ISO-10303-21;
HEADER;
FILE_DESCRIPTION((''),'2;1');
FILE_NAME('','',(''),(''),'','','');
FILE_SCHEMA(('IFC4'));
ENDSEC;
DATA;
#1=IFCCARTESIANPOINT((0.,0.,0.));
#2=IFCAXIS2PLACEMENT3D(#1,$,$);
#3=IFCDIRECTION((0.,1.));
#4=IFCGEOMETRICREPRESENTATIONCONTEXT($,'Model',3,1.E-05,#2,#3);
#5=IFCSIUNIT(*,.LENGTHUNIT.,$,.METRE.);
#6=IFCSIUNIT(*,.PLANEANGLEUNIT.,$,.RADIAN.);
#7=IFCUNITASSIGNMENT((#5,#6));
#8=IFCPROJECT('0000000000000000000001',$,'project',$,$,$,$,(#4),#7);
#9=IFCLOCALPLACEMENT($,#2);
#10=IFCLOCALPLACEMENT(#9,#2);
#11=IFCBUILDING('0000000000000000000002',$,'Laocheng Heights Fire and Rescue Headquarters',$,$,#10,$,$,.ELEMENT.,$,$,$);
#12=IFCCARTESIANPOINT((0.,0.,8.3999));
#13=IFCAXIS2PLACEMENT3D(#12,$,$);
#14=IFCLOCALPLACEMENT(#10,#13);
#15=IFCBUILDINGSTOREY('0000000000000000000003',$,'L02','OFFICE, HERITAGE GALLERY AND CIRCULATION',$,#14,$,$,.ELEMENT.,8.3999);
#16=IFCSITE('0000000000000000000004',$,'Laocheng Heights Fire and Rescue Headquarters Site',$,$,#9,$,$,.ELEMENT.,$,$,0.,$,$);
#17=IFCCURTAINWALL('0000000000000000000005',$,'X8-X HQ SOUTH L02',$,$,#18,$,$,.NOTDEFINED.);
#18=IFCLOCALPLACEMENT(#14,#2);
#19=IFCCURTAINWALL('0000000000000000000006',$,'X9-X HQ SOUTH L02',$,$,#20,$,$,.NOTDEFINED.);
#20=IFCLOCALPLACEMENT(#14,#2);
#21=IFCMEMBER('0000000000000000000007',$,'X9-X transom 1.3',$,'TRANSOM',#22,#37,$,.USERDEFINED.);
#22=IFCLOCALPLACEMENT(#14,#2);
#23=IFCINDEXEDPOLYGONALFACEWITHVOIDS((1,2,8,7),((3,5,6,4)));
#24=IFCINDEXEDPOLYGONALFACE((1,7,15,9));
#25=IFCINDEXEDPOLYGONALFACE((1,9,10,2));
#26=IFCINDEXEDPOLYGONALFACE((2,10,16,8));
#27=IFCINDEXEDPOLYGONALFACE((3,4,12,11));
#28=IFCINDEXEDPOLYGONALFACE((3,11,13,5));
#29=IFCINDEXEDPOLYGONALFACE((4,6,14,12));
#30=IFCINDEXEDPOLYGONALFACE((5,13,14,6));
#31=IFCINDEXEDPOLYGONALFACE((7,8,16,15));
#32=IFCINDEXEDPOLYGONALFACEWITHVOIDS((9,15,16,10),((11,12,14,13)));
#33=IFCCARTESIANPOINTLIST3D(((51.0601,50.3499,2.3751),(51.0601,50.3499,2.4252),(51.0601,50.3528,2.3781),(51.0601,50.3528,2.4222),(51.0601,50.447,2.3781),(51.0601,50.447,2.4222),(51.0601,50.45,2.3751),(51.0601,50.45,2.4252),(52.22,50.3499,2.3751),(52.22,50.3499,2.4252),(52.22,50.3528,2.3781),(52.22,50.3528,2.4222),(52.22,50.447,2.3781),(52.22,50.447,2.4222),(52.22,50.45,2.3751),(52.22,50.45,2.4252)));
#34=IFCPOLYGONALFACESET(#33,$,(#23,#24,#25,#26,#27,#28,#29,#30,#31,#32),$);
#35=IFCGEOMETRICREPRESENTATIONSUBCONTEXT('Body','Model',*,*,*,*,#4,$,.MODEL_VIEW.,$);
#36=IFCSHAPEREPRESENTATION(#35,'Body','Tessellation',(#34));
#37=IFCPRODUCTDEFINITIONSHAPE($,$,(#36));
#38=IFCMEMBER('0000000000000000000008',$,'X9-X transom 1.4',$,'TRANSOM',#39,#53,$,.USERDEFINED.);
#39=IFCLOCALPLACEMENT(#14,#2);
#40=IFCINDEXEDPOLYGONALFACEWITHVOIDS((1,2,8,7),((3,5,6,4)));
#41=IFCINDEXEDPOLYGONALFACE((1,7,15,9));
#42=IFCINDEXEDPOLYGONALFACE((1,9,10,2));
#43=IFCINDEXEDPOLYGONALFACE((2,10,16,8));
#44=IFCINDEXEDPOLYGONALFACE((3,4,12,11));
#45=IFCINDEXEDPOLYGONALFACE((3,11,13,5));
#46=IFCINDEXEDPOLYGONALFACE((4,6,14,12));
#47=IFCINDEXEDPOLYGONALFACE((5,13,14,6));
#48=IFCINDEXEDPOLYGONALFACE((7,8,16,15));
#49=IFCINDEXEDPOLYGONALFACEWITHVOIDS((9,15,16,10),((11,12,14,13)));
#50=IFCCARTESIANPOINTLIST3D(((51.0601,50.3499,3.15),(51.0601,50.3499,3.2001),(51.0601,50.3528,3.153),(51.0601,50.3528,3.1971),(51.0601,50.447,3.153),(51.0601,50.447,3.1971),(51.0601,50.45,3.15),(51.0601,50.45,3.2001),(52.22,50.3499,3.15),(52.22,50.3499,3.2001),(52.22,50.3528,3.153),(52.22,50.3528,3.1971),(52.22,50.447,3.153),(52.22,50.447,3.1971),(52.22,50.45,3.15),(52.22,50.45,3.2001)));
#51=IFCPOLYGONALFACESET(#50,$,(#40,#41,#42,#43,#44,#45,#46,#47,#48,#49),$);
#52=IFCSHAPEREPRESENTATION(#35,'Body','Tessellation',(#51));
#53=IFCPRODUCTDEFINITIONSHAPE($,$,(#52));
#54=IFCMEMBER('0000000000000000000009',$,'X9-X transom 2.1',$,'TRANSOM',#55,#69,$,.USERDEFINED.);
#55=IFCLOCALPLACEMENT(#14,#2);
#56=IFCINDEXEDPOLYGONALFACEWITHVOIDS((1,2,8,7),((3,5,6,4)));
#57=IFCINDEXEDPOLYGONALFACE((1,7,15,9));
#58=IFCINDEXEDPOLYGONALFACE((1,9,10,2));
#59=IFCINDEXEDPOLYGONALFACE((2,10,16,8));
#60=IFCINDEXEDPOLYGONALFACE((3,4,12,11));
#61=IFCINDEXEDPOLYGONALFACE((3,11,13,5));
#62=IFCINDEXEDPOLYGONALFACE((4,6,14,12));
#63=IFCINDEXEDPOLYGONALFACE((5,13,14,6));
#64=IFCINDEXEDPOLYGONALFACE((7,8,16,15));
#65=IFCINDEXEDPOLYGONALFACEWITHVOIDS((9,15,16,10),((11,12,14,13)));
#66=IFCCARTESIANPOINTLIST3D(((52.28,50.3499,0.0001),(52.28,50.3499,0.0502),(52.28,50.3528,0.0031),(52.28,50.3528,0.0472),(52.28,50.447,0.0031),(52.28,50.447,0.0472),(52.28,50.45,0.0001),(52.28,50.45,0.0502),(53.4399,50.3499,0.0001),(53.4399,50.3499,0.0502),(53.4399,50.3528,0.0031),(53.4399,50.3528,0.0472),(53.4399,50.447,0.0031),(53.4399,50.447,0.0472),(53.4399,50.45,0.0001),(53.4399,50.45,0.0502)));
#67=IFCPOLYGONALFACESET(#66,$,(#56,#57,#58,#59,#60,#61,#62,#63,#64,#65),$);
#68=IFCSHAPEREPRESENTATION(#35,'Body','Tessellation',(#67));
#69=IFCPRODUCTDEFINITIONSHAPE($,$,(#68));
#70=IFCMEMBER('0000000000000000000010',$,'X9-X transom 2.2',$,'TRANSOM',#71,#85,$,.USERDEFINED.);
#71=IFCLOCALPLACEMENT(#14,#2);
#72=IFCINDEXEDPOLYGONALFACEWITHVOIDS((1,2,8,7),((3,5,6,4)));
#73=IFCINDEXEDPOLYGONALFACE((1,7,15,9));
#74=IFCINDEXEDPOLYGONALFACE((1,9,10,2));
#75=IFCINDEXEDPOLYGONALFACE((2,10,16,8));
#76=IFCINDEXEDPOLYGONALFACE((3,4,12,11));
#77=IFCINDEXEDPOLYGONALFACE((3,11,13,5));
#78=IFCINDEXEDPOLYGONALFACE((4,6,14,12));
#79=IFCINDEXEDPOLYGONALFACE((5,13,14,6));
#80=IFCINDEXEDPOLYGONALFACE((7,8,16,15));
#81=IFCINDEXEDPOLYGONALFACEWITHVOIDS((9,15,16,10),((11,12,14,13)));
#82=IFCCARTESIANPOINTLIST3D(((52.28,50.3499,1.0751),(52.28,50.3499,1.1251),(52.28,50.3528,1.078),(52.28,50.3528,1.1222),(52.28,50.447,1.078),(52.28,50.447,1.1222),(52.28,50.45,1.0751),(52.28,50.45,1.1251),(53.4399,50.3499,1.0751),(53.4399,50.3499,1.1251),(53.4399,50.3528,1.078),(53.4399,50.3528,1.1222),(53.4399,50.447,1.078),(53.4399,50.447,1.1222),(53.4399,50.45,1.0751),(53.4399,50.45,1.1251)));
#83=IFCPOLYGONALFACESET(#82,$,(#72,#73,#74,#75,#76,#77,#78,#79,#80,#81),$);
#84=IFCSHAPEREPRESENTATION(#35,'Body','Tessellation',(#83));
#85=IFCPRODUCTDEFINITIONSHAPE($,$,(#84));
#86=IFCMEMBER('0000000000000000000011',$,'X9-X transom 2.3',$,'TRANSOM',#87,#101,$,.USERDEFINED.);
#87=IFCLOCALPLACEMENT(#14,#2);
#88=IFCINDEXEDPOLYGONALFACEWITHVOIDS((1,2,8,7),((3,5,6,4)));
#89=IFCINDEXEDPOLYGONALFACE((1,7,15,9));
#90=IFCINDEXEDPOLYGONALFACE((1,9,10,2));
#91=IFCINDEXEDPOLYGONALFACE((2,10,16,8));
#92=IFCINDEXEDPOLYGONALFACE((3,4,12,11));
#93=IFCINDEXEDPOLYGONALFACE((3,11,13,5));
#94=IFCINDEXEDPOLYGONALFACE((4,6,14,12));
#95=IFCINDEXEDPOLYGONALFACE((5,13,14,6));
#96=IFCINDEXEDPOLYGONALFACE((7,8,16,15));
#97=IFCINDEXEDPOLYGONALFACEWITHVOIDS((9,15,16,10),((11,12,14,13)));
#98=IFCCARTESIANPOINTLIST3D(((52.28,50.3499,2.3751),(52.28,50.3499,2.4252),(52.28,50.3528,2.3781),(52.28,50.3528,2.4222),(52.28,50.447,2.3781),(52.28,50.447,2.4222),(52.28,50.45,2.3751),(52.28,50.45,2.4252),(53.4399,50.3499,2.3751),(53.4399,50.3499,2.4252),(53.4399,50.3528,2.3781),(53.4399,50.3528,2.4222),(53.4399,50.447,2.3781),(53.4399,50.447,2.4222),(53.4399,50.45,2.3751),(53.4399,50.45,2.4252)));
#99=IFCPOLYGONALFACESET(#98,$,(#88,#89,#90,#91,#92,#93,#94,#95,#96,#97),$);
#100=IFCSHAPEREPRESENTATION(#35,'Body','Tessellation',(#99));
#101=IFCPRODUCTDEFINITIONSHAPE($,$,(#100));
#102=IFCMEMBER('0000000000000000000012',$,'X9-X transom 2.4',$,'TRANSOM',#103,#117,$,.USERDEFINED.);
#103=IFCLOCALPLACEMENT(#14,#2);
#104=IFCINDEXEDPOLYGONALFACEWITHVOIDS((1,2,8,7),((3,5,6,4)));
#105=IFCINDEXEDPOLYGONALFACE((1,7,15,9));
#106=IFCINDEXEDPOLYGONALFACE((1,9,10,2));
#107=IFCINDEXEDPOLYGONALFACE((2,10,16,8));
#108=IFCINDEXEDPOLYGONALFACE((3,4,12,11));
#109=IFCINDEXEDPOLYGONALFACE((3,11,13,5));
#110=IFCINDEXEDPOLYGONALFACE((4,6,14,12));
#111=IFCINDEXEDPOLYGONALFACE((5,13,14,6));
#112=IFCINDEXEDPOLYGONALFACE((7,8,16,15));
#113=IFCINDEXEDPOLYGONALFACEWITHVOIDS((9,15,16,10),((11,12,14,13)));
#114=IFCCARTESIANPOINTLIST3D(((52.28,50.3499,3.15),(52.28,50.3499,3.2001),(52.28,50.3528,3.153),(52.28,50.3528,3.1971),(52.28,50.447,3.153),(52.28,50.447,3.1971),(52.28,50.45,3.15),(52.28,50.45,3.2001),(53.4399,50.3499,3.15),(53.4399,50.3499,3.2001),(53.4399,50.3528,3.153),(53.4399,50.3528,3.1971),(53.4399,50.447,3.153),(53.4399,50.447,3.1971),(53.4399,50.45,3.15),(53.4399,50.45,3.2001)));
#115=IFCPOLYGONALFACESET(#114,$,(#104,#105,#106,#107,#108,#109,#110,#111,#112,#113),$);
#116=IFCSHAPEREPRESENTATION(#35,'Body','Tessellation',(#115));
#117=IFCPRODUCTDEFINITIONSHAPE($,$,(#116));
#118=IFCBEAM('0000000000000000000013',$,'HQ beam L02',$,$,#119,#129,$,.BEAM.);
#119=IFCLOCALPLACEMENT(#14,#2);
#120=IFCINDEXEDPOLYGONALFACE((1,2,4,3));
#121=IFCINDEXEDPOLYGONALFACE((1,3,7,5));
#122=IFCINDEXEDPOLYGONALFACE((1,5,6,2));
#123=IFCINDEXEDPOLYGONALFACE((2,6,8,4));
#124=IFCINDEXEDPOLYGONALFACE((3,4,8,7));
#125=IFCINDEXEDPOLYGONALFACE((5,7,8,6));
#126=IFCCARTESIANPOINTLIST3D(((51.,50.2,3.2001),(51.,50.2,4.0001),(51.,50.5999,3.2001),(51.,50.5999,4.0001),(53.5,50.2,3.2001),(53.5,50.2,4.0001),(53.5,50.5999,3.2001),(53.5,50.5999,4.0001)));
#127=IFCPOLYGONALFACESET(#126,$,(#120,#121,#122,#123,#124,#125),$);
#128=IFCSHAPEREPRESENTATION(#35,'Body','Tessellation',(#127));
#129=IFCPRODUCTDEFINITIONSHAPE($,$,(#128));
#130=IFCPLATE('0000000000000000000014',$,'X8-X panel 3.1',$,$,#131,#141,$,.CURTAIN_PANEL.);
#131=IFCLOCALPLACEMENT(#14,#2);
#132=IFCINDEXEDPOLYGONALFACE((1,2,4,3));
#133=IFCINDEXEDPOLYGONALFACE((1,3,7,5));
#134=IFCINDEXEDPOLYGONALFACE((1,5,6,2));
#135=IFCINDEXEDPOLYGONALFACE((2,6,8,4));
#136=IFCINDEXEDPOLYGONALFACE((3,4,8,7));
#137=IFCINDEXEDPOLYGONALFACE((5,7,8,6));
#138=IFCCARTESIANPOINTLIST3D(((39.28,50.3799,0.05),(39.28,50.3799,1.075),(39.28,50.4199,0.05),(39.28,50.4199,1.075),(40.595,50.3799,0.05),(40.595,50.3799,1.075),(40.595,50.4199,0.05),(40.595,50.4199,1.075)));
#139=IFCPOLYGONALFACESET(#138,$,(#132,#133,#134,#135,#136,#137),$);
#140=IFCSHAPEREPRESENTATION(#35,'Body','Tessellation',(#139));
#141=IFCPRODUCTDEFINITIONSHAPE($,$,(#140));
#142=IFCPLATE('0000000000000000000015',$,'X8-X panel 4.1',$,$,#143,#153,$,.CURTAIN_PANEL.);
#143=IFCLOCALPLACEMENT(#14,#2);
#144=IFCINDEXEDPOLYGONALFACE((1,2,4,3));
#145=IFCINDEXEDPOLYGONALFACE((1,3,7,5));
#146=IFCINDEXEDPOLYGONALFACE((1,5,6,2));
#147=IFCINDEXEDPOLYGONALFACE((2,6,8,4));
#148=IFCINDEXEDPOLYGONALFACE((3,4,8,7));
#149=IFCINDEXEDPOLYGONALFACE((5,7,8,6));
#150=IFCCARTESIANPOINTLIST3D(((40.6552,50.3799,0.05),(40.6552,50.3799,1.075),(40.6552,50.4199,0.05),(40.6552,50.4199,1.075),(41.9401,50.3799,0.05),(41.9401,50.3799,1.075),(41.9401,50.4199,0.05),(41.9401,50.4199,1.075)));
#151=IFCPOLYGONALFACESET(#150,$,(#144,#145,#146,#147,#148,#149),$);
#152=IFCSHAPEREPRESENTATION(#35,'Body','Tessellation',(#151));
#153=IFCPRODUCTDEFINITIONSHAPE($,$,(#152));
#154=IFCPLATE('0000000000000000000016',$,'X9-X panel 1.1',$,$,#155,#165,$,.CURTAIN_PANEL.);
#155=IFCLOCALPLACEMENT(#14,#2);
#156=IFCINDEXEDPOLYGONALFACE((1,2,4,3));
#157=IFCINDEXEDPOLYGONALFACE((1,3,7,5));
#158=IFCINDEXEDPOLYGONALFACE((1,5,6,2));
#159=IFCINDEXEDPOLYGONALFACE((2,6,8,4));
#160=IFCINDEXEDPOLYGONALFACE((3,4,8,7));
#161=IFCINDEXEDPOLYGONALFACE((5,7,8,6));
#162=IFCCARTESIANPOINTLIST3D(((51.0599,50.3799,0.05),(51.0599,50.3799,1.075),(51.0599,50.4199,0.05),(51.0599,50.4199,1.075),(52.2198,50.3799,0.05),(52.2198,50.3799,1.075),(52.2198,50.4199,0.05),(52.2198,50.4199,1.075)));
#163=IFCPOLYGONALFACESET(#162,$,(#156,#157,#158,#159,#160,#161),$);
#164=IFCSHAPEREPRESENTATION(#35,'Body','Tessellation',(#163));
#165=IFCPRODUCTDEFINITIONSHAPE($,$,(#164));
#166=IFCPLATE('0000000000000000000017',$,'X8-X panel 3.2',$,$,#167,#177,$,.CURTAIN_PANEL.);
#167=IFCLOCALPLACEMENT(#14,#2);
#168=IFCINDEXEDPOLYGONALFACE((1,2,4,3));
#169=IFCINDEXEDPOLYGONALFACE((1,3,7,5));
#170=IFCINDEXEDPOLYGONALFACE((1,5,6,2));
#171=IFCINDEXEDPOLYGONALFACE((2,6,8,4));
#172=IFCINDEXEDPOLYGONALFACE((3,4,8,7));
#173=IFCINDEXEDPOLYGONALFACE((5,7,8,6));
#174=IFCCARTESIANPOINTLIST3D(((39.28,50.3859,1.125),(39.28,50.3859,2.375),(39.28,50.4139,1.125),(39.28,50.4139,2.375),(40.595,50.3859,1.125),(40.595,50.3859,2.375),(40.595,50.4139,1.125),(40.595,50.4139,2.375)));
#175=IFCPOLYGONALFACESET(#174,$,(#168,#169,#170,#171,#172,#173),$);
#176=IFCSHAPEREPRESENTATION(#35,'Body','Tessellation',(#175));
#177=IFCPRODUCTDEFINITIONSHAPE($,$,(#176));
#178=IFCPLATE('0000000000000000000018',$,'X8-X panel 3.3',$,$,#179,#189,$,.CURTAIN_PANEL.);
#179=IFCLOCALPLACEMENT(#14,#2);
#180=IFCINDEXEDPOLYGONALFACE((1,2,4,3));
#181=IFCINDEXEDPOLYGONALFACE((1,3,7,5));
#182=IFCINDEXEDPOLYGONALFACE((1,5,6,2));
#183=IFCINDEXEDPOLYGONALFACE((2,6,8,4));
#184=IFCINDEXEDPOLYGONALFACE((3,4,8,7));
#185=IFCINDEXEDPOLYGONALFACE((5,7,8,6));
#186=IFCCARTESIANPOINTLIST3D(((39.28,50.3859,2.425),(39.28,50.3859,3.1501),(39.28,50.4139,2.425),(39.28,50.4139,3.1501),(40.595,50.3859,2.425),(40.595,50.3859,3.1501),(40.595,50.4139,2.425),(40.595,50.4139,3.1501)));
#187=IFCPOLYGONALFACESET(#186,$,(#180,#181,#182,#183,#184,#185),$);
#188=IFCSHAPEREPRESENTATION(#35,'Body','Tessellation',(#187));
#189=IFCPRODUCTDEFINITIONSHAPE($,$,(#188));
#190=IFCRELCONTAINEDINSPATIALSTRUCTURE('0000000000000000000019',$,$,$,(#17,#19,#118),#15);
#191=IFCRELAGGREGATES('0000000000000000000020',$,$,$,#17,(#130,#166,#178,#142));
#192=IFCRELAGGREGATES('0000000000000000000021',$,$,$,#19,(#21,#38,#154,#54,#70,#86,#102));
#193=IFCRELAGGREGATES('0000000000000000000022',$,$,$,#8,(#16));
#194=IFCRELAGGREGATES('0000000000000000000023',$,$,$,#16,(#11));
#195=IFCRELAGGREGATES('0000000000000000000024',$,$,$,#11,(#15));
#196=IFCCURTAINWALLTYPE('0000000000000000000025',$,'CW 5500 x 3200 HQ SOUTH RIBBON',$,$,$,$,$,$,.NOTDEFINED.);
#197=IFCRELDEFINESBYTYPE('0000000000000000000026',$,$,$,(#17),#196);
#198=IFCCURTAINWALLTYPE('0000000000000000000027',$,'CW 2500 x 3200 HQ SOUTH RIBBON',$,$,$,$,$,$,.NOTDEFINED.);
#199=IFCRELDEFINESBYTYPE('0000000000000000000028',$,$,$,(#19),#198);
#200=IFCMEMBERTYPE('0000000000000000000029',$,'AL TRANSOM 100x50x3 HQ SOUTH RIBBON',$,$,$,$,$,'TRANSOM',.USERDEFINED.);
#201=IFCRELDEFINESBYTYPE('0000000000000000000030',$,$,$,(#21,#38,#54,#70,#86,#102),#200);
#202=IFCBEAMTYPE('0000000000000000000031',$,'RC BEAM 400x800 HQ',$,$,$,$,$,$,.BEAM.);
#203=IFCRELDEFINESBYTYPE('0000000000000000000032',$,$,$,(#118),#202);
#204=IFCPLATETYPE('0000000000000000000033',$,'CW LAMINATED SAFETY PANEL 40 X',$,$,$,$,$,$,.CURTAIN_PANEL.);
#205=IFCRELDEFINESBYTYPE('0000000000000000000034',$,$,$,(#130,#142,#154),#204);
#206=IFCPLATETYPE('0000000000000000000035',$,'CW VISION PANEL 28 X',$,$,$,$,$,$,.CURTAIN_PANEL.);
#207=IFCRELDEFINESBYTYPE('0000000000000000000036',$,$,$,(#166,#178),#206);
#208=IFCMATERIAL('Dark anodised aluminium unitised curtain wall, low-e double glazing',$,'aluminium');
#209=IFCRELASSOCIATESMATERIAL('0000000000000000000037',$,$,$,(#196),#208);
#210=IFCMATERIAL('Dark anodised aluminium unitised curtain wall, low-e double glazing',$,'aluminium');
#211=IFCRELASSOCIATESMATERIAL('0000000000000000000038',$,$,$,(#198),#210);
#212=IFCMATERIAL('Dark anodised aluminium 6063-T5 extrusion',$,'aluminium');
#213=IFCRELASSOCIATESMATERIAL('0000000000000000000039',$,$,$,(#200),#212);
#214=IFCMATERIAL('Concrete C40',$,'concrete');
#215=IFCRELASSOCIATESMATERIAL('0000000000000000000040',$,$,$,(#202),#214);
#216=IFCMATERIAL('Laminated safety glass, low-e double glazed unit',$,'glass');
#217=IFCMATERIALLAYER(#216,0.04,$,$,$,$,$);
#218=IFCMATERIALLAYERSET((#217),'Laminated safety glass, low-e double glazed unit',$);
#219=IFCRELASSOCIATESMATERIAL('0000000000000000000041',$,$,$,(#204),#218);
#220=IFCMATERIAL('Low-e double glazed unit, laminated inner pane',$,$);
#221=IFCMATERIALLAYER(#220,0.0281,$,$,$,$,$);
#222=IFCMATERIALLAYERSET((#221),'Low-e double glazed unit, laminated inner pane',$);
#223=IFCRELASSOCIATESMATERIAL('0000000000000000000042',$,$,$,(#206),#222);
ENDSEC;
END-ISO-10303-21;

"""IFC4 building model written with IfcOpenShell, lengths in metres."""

from ifc_helpers import new_model, si_unit, direction, frame, origin, origin_2d, place, context, subcontext, project, spatial, rectangle, hollow_rectangle, extrude, material, layer, layer_set, material_profile, profile_set, type_object, element, aggregate, save


model = new_model("IFC4")

# Units and contexts
model_context = context("Model", 3, precision=1e-05, world=origin(), true_north=direction((0.0, 1.0)))
body_context = subcontext(model_context, "Body", "Model", "MODEL_VIEW")
ifc_project = project(units=[si_unit("LENGTHUNIT", "METRE"), si_unit("PLANEANGLEUNIT", "RADIAN")], contexts=[model_context])

# Site, building, storey
site_placement = place(None, origin())
site = spatial("IfcSite", under=ifc_project, at=site_placement, Name="Laocheng Heights Fire and Rescue Headquarters Site", CompositionType="ELEMENT", RefElevation=0.0)
building_placement = place(site_placement, origin())
building = spatial("IfcBuilding", under=site, at=building_placement, Name="Laocheng Heights Fire and Rescue Headquarters", CompositionType="ELEMENT")
storey_placement = place(building_placement, frame((0.0, 0.0, 8.3999)))
storey = spatial("IfcBuildingStorey", under=building, at=storey_placement, Name="L02", Description="OFFICE, HERITAGE GALLERY AND CIRCULATION", CompositionType="ELEMENT", Elevation=8.3999)

# Curtain walls
ifc_material_1 = material(Name="Dark anodised aluminium unitised curtain wall, low-e double glazing", Category="aluminium")
curtain_wall_type_1 = type_object("IfcCurtainWallType", Name="CW 5500 x 3200 HQ SOUTH RIBBON", PredefinedType="NOTDEFINED", material=ifc_material_1)
curtain_wall_1_placement = place(storey_placement, origin())
curtain_wall_1 = element("IfcCurtainWall", 1, at=curtain_wall_1_placement, inside=storey, type_object=curtain_wall_type_1, Name="X8-X HQ SOUTH L02", PredefinedType="NOTDEFINED")
ifc_material_2 = material(Name="Dark anodised aluminium unitised curtain wall, low-e double glazing", Category="aluminium")
curtain_wall_type_2 = type_object("IfcCurtainWallType", Name="CW 2500 x 3200 HQ SOUTH RIBBON", PredefinedType="NOTDEFINED", material=ifc_material_2)
curtain_wall_2_placement = place(storey_placement, origin())
curtain_wall_2 = element("IfcCurtainWall", 2, at=curtain_wall_2_placement, inside=storey, type_object=curtain_wall_type_2, Name="X9-X HQ SOUTH L02", PredefinedType="NOTDEFINED")

# Members
ifc_material_3 = material(Name="Dark anodised aluminium 6063-T5 extrusion", Category="aluminium")
ifc_material_profile_1 = material_profile(ifc_material_3, hollow_rectangle(XDim=0.1001, YDim=0.05, WallThickness=0.0029, at=origin_2d()), Name="AL TRANSOM 100x50x3 HQ SOUTH RIBBON")
ifc_profile_set_1 = profile_set([ifc_material_profile_1], Name="Dark anodised aluminium 6063-T5 extrusion")
member_type_1 = type_object("IfcMemberType", Name="AL TRANSOM 100x50x3 HQ SOUTH RIBBON", ElementType="TRANSOM", PredefinedType="USERDEFINED", material=ifc_profile_set_1)
member_1_placement = place(storey_placement, frame((51.0601, 50.3999, 2.4001), z_axis=(1.0, 0.0, 0.0), x_axis=(0.0, 1.0, 0.0)))
member_1 = element("IfcMember", 3, at=member_1_placement, type_object=member_type_1, Name="X9-X transom 1.3", ObjectType="TRANSOM", PredefinedType="USERDEFINED", context=body_context, shape_type="SweptSolid", body=[
    extrude(hollow_rectangle(XDim=0.1001, YDim=0.05, WallThickness=0.0029, at=origin_2d()), origin(), (0.0, 0.0, 1.0), 1.1599),
])
member_2_placement = place(storey_placement, frame((51.0601, 50.3999, 3.175), z_axis=(1.0, 0.0, 0.0), x_axis=(0.0, 1.0, 0.0)))
member_2 = element("IfcMember", 4, at=member_2_placement, type_object=member_type_1, Name="X9-X transom 1.4", ObjectType="TRANSOM", PredefinedType="USERDEFINED", context=body_context, shape_type="SweptSolid", body=[
    extrude(hollow_rectangle(XDim=0.1001, YDim=0.05, WallThickness=0.0029, at=origin_2d()), origin(), (0.0, 0.0, 1.0), 1.1599),
])
member_3_placement = place(storey_placement, frame((52.28, 50.3999, 0.0251), z_axis=(1.0, 0.0, 0.0), x_axis=(0.0, 1.0, 0.0)))
member_3 = element("IfcMember", 5, at=member_3_placement, type_object=member_type_1, Name="X9-X transom 2.1", ObjectType="TRANSOM", PredefinedType="USERDEFINED", context=body_context, shape_type="SweptSolid", body=[
    extrude(hollow_rectangle(XDim=0.1001, YDim=0.05, WallThickness=0.0029, at=origin_2d()), origin(), (0.0, 0.0, 1.0), 1.1599),
])
member_4_placement = place(storey_placement, frame((52.28, 50.3999, 1.1001), z_axis=(1.0, 0.0, 0.0), x_axis=(0.0, 1.0, 0.0)))
member_4 = element("IfcMember", 6, at=member_4_placement, type_object=member_type_1, Name="X9-X transom 2.2", ObjectType="TRANSOM", PredefinedType="USERDEFINED", context=body_context, shape_type="SweptSolid", body=[
    extrude(hollow_rectangle(XDim=0.1001, YDim=0.05, WallThickness=0.0029, at=origin_2d()), origin(), (0.0, 0.0, 1.0), 1.1599),
])
member_5_placement = place(storey_placement, frame((52.28, 50.3999, 2.4001), z_axis=(1.0, 0.0, 0.0), x_axis=(0.0, 1.0, 0.0)))
member_5 = element("IfcMember", 7, at=member_5_placement, type_object=member_type_1, Name="X9-X transom 2.3", ObjectType="TRANSOM", PredefinedType="USERDEFINED", context=body_context, shape_type="SweptSolid", body=[
    extrude(hollow_rectangle(XDim=0.1001, YDim=0.05, WallThickness=0.0029, at=origin_2d()), origin(), (0.0, 0.0, 1.0), 1.1599),
])
member_6_placement = place(storey_placement, frame((52.28, 50.3999, 3.175), z_axis=(1.0, 0.0, 0.0), x_axis=(0.0, 1.0, 0.0)))
member_6 = element("IfcMember", 8, at=member_6_placement, type_object=member_type_1, Name="X9-X transom 2.4", ObjectType="TRANSOM", PredefinedType="USERDEFINED", context=body_context, shape_type="SweptSolid", body=[
    extrude(hollow_rectangle(XDim=0.1001, YDim=0.05, WallThickness=0.0029, at=origin_2d()), origin(), (0.0, 0.0, 1.0), 1.1599),
])

# Beam
ifc_material_4 = material(Name="Concrete C40", Category="concrete")
ifc_material_profile_2 = material_profile(ifc_material_4, rectangle(XDim=0.3999, YDim=0.8, at=origin_2d()), Name="RC BEAM 400x800 HQ")
ifc_profile_set_2 = profile_set([ifc_material_profile_2], Name="Concrete C40")
beam_type = type_object("IfcBeamType", Name="RC BEAM 400x800 HQ", PredefinedType="BEAM", material=ifc_profile_set_2)
beam_placement = place(storey_placement, frame((51.0, 50.3999, 3.6001), z_axis=(1.0, 0.0, 0.0), x_axis=(0.0, 1.0, 0.0)))
element("IfcBeam", 9, at=beam_placement, inside=storey, type_object=beam_type, Name="HQ beam L02", PredefinedType="BEAM", context=body_context, shape_type="SweptSolid", body=[
    extrude(rectangle(XDim=0.3999, YDim=0.8, at=origin_2d()), origin(), (0.0, 0.0, 1.0), 2.5),
])

# Plates
ifc_material_5 = material(Name="Laminated safety glass, low-e double glazed unit", Category="glass")
ifc_layer_1 = layer(ifc_material_5, 0.04)
ifc_layer_set_1 = layer_set([ifc_layer_1], Name="Laminated safety glass, low-e double glazed unit")
plate_type_1 = type_object("IfcPlateType", Name="CW LAMINATED SAFETY PANEL 40 X", PredefinedType="CURTAIN_PANEL", material=ifc_layer_set_1)
plate_1_placement = place(storey_placement, frame((39.9375, 50.3999, 0.05), z_axis=(0.0, 0.0, 1.0), x_axis=(1.0, 0.0, 0.0)))
plate_1 = element("IfcPlate", 10, at=plate_1_placement, type_object=plate_type_1, Name="X8-X panel 3.1", PredefinedType="CURTAIN_PANEL", context=body_context, shape_type="SweptSolid", body=[
    extrude(rectangle(XDim=1.3149, YDim=0.04, at=origin_2d()), origin(), (0.0, 0.0, 1.0), 1.0249),
])
plate_2_placement = place(storey_placement, frame((41.2976, 50.3999, 0.05), z_axis=(0.0, 0.0, 1.0), x_axis=(1.0, 0.0, 0.0)))
plate_2 = element("IfcPlate", 11, at=plate_2_placement, type_object=plate_type_1, Name="X8-X panel 4.1", PredefinedType="CURTAIN_PANEL", context=body_context, shape_type="SweptSolid", body=[
    extrude(rectangle(XDim=1.2849, YDim=0.04, at=origin_2d()), origin(), (0.0, 0.0, 1.0), 1.0249),
])
plate_3_placement = place(storey_placement, frame((51.6399, 50.3999, 0.05), z_axis=(0.0, 0.0, 1.0), x_axis=(1.0, 0.0, 0.0)))
plate_3 = element("IfcPlate", 12, at=plate_3_placement, type_object=plate_type_1, Name="X9-X panel 1.1", PredefinedType="CURTAIN_PANEL", context=body_context, shape_type="SweptSolid", body=[
    extrude(rectangle(XDim=1.1599, YDim=0.04, at=origin_2d()), origin(), (0.0, 0.0, 1.0), 1.0249),
])
ifc_material_6 = material(Name="Low-e double glazed unit, laminated inner pane")
ifc_layer_2 = layer(ifc_material_6, 0.0281)
ifc_layer_set_2 = layer_set([ifc_layer_2], Name="Low-e double glazed unit, laminated inner pane")
plate_type_2 = type_object("IfcPlateType", Name="CW VISION PANEL 28 X", PredefinedType="CURTAIN_PANEL", material=ifc_layer_set_2)
plate_4_placement = place(storey_placement, frame((39.9375, 50.3999, 1.125), z_axis=(0.0, 0.0, 1.0), x_axis=(1.0, 0.0, 0.0)))
plate_4 = element("IfcPlate", 13, at=plate_4_placement, type_object=plate_type_2, Name="X8-X panel 3.2", PredefinedType="CURTAIN_PANEL", context=body_context, shape_type="SweptSolid", body=[
    extrude(rectangle(XDim=1.3149, YDim=0.0281, at=origin_2d()), origin(), (0.0, 0.0, 1.0), 1.25),
])
plate_5_placement = place(storey_placement, frame((39.9375, 50.3999, 2.425), z_axis=(0.0, 0.0, 1.0), x_axis=(1.0, 0.0, 0.0)))
plate_5 = element("IfcPlate", 14, at=plate_5_placement, type_object=plate_type_2, Name="X8-X panel 3.3", PredefinedType="CURTAIN_PANEL", context=body_context, shape_type="SweptSolid", body=[
    extrude(rectangle(XDim=1.3149, YDim=0.0281, at=origin_2d()), origin(), (0.0, 0.0, 1.0), 0.7251),
])
aggregate(curtain_wall_1, [plate_1, plate_4, plate_5, plate_2])
aggregate(curtain_wall_2, [member_1, member_2, plate_3, member_3, member_4, member_5, member_6])

save(model, "model.ifc")
